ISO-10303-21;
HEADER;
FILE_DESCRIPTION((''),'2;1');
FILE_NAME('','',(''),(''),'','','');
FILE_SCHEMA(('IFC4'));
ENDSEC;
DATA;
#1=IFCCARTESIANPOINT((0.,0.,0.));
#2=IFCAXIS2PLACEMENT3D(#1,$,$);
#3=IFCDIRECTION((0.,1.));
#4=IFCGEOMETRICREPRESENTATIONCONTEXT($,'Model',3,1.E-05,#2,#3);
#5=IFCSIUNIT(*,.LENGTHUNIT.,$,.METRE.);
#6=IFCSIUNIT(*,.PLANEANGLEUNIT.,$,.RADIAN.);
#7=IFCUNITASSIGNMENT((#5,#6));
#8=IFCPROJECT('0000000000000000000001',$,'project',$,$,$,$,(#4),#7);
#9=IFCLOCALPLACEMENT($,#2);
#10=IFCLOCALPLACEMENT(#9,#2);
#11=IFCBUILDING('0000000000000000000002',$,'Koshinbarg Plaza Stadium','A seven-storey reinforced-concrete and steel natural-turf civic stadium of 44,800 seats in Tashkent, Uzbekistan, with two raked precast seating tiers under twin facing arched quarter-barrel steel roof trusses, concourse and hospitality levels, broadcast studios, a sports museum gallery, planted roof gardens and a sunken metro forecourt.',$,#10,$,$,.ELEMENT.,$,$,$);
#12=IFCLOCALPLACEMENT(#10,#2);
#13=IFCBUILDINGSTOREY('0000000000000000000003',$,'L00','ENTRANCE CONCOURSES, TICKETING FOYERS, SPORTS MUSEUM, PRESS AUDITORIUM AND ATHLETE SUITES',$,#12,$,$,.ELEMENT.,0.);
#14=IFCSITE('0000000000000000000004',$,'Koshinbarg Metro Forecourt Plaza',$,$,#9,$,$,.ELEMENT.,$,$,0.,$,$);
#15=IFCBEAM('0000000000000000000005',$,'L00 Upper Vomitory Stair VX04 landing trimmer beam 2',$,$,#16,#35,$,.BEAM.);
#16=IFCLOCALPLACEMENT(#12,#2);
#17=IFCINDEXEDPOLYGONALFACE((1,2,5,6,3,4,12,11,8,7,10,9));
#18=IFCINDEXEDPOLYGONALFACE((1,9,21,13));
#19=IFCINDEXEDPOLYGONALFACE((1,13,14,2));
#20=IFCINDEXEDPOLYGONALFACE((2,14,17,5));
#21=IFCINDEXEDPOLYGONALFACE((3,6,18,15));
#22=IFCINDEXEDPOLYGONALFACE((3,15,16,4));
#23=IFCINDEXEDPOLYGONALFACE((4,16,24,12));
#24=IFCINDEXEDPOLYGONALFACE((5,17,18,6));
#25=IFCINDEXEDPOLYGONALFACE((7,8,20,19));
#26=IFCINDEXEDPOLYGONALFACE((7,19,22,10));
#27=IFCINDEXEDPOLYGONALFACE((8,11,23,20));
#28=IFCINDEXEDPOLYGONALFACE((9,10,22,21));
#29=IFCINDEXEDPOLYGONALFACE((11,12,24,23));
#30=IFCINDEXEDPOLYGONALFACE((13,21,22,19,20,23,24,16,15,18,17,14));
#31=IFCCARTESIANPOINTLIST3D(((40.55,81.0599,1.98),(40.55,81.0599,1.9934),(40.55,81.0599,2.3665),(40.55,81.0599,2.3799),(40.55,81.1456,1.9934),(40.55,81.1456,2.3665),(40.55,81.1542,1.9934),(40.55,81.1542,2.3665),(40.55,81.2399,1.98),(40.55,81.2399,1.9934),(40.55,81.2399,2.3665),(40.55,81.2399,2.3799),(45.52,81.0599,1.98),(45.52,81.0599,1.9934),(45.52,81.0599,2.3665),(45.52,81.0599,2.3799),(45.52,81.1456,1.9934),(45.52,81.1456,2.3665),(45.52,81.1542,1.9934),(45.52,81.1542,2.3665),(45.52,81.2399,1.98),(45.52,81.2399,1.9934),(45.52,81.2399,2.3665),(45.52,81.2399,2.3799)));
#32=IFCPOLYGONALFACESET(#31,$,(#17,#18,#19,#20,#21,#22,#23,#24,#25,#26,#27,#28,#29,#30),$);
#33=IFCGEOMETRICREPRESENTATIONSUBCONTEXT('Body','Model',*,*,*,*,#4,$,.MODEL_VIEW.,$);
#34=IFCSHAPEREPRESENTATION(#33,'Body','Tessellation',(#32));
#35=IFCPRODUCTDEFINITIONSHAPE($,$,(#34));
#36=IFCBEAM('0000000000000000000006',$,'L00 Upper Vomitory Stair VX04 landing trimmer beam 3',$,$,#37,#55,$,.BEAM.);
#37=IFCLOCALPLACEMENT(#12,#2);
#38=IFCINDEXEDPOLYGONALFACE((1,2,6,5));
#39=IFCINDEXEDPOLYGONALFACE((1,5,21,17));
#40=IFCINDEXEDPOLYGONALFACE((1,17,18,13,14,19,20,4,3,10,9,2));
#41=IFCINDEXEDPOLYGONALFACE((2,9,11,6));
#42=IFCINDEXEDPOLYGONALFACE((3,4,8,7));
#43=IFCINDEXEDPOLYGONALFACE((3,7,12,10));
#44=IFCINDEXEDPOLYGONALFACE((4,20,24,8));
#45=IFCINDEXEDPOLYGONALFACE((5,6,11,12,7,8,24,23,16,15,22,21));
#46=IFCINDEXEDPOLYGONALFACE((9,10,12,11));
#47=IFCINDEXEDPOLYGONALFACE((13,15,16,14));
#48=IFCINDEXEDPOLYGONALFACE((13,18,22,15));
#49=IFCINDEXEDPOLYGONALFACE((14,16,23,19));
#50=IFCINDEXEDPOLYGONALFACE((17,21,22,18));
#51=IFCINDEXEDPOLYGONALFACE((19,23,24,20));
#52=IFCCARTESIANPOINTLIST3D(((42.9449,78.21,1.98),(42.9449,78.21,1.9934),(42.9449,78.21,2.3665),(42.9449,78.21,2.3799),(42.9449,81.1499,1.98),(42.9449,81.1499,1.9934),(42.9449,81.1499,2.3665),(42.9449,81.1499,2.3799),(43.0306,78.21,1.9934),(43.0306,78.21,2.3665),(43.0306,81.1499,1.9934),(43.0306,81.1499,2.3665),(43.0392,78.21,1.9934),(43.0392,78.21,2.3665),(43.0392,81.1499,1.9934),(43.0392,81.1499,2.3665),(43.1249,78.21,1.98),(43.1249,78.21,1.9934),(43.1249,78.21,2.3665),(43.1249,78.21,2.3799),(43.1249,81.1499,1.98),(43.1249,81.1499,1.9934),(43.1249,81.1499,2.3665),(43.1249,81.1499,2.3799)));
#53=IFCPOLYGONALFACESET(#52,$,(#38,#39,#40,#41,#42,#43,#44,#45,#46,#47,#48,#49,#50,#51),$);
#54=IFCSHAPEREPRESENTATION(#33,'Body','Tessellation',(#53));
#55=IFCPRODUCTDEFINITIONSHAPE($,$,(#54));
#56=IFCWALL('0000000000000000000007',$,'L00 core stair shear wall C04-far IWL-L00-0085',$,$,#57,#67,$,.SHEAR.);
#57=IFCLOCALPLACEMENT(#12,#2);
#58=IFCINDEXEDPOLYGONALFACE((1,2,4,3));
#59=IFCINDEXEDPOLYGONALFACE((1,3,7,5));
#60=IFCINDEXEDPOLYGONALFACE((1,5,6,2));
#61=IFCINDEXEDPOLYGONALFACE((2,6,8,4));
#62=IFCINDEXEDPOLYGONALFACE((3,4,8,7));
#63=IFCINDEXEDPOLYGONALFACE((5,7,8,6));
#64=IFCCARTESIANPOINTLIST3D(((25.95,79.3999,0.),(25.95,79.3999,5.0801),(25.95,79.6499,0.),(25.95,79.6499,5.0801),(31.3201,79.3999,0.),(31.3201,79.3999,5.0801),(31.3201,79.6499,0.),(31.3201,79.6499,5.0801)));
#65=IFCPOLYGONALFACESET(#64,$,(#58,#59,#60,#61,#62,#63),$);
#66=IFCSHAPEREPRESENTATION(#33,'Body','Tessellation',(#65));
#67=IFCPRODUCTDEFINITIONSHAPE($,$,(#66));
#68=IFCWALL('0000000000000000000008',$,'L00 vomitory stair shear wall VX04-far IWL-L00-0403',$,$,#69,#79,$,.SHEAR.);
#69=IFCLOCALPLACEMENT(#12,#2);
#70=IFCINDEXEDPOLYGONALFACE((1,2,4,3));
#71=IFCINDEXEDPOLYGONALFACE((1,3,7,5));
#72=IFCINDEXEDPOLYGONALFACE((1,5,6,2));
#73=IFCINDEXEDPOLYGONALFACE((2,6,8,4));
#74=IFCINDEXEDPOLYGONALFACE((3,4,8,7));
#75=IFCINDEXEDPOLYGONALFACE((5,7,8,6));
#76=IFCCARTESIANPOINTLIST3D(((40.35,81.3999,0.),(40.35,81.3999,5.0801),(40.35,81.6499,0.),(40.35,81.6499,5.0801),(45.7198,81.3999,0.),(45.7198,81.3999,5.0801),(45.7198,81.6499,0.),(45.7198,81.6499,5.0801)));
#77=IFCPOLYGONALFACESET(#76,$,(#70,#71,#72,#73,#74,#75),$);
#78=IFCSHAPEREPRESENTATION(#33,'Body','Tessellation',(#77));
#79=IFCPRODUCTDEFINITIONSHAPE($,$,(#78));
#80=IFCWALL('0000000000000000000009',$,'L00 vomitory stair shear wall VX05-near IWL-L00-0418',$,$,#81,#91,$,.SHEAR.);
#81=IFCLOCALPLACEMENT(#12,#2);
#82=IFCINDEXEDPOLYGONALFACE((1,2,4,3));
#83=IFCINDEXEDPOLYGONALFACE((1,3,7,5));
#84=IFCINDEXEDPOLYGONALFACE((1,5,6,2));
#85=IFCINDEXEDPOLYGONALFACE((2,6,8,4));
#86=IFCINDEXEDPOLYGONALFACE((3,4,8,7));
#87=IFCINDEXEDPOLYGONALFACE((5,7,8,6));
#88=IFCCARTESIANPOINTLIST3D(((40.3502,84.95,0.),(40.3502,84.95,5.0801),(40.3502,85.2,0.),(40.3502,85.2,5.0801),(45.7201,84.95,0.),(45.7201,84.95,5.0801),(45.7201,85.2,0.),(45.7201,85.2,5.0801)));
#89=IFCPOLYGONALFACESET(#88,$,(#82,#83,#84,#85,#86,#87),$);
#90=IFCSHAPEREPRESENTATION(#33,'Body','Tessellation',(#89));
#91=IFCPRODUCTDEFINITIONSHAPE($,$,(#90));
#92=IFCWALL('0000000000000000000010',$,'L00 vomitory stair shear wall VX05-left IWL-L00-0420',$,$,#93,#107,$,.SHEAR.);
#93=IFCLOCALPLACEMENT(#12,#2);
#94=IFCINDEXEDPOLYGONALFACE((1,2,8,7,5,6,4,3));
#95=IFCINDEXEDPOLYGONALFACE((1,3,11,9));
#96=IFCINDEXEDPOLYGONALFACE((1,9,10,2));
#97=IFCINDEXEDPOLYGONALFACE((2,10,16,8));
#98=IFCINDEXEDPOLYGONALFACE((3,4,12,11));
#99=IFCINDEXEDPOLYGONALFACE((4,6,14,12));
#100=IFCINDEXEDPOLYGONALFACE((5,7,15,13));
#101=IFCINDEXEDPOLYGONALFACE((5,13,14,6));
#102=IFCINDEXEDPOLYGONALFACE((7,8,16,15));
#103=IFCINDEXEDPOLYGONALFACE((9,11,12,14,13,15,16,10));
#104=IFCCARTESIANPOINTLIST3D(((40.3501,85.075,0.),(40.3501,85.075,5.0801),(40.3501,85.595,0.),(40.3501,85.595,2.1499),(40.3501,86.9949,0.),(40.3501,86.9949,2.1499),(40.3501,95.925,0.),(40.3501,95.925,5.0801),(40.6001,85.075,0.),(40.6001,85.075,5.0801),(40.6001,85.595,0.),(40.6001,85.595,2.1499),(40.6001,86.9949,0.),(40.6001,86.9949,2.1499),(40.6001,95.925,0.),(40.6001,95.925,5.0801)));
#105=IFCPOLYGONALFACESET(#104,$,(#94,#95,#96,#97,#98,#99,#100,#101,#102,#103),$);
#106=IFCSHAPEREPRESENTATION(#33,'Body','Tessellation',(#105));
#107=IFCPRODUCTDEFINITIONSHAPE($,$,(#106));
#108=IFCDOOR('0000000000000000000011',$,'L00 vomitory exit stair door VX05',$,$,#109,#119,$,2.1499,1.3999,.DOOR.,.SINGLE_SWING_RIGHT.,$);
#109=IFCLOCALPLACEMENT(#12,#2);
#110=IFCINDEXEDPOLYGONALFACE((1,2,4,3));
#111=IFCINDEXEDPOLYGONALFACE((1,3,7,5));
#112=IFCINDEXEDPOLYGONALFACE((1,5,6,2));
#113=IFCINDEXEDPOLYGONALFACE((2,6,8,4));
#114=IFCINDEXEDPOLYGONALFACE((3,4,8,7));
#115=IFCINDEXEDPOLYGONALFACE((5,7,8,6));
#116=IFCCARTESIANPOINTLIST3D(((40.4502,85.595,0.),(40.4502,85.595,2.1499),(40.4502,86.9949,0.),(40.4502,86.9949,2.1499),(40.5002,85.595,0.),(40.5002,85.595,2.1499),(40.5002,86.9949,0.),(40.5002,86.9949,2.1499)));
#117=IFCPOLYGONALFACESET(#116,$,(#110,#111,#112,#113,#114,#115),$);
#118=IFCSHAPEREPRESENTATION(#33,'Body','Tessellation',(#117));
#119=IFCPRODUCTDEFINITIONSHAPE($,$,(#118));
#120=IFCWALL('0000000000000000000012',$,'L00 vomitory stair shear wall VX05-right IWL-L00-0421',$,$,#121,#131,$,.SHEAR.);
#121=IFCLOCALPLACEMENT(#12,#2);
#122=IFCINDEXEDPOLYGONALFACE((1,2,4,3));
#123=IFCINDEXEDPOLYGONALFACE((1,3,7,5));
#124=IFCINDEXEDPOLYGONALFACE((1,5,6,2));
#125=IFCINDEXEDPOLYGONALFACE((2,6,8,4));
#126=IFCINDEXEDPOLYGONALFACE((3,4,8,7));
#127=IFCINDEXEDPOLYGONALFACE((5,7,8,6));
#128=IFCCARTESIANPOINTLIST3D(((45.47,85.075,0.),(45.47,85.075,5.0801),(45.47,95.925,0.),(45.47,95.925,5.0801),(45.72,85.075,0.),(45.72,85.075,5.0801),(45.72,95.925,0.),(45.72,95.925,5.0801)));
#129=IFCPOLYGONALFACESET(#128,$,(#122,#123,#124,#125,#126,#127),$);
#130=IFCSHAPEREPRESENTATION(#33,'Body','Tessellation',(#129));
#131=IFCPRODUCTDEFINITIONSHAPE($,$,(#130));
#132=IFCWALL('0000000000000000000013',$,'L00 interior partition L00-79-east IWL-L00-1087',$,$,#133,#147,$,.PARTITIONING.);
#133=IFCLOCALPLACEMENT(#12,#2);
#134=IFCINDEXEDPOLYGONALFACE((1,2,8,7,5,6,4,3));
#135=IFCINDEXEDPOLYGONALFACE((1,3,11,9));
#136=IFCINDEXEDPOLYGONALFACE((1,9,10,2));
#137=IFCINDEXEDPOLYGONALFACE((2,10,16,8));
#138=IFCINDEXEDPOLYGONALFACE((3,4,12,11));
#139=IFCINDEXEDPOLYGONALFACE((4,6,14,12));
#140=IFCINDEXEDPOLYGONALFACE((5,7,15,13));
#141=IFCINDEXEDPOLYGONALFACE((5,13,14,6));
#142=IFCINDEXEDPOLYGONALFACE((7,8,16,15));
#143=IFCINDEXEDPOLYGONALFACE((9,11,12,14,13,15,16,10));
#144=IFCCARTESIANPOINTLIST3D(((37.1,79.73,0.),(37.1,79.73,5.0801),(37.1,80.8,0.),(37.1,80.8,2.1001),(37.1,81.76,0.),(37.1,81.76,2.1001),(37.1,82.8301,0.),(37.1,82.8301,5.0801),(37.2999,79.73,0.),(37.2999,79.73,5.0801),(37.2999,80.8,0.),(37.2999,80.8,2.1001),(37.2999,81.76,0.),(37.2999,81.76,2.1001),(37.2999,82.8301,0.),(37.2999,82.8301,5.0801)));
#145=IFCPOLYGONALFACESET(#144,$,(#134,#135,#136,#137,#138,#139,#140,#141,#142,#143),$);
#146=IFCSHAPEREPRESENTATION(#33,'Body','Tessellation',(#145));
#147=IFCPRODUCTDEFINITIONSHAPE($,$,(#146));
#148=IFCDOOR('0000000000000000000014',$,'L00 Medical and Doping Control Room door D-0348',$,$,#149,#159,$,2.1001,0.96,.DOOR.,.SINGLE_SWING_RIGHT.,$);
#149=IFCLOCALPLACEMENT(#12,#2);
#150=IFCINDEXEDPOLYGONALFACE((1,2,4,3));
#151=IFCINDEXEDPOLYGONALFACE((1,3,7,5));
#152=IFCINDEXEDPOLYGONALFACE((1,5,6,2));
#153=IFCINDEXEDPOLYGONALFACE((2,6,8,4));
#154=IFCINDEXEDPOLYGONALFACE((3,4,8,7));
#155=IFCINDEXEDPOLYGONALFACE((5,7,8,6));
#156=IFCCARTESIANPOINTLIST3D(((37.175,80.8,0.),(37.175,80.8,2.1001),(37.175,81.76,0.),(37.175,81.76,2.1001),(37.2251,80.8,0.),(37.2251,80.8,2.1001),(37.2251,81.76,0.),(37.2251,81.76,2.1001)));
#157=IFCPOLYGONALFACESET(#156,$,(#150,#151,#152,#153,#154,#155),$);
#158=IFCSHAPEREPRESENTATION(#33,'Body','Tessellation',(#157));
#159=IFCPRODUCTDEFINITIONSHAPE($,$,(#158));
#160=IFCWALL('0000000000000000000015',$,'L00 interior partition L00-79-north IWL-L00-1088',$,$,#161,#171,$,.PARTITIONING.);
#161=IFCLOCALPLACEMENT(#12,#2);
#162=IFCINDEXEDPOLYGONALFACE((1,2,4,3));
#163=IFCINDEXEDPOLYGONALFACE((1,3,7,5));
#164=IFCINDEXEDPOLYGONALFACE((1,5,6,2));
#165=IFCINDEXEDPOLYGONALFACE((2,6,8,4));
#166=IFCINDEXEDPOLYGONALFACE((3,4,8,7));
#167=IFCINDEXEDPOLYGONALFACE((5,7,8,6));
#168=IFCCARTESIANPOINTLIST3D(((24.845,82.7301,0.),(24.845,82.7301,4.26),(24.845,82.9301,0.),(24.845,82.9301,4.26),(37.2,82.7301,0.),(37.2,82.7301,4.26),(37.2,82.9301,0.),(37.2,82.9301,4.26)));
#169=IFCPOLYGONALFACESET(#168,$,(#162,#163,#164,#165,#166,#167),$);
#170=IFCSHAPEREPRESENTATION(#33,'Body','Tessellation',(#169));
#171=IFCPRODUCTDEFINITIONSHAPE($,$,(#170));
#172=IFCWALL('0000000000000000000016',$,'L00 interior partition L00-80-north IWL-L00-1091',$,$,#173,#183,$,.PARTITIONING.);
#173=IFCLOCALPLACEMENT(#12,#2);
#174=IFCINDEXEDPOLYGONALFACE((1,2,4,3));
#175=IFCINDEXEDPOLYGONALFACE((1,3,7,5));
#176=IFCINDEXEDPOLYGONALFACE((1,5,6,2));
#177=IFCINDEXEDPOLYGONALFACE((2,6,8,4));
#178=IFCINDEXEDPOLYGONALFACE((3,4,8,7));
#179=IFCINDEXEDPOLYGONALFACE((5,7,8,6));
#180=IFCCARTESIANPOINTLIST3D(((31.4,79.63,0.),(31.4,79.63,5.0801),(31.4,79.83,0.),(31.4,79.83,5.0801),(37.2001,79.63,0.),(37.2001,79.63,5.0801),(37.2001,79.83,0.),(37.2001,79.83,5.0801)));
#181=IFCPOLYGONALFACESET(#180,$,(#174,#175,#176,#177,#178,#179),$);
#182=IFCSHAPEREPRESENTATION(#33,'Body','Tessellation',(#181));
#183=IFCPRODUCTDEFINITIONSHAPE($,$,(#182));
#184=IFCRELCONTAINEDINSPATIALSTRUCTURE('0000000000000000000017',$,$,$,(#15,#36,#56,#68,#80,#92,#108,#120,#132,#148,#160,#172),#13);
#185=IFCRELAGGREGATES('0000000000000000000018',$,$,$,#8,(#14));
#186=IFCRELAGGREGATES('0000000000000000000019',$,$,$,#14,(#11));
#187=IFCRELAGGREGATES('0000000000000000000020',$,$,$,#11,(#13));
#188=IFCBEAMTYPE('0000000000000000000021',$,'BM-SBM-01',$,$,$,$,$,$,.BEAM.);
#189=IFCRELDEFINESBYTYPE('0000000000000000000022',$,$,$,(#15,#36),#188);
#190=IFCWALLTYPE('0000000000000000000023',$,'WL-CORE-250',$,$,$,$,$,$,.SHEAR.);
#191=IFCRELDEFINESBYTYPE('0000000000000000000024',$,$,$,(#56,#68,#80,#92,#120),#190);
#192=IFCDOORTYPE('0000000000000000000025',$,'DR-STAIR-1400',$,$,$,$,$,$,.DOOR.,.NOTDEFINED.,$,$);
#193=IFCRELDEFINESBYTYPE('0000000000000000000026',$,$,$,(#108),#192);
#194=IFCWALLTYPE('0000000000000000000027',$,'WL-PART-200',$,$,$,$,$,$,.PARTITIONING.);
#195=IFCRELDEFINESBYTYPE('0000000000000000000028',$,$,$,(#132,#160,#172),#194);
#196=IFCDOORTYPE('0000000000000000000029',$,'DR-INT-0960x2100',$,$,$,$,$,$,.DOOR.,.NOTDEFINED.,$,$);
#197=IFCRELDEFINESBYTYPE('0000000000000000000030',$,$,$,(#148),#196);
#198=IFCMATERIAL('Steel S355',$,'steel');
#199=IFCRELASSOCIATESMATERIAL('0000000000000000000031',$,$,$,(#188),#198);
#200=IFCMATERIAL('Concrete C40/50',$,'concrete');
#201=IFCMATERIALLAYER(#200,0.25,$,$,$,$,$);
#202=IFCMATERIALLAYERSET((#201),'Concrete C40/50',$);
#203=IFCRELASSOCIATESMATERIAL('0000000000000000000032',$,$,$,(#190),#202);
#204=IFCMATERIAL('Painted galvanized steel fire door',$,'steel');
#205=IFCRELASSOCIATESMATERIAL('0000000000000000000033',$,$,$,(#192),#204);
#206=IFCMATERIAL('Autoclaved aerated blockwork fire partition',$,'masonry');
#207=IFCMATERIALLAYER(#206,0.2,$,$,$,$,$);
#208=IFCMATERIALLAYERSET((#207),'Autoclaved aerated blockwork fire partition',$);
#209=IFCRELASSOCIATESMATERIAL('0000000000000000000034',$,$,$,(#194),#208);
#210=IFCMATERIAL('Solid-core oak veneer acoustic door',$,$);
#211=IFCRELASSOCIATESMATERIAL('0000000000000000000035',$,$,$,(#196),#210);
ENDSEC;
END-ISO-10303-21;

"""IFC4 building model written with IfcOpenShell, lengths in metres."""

from ifc_helpers import new_model, si_unit, direction, frame, frame_2d, origin, origin_2d, place, context, subcontext, project, spatial, rectangle, i_section, extrude, material, layer, layer_set, material_profile, profile_set, type_object, element, fill, save


model = new_model("IFC4")

# Units and contexts
model_context = context("Model", 3, precision=1e-05, world=origin(), true_north=direction((0.0, 1.0)))
body_context = subcontext(model_context, "Body", "Model", "MODEL_VIEW")
ifc_project = project(units=[si_unit("LENGTHUNIT", "METRE"), si_unit("PLANEANGLEUNIT", "RADIAN")], contexts=[model_context])

# Site, building, storey
site_placement = place(None, origin())
site = spatial("IfcSite", under=ifc_project, at=site_placement, Name="Koshinbarg Metro Forecourt Plaza", CompositionType="ELEMENT", RefElevation=0.0)
building_placement = place(site_placement, origin())
building = spatial("IfcBuilding", under=site, at=building_placement, Name="Koshinbarg Plaza Stadium", Description="A seven-storey reinforced-concrete and steel natural-turf civic stadium of 44,800 seats in Tashkent, Uzbekistan, with two raked precast seating tiers under twin facing arched quarter-barrel steel roof trusses, concourse and hospitality levels, broadcast studios, a sports museum gallery, planted roof gardens and a sunken metro forecourt.", CompositionType="ELEMENT")
storey_placement = place(building_placement, origin())
storey = spatial("IfcBuildingStorey", under=building, at=storey_placement, Name="L00", Description="ENTRANCE CONCOURSES, TICKETING FOYERS, SPORTS MUSEUM, PRESS AUDITORIUM AND ATHLETE SUITES", CompositionType="ELEMENT", Elevation=0.0)

# Shared definitions
ifc_material_1 = material(Name="Concrete C40/50", Category="concrete")

# Beams
ifc_material_2 = material(Name="Steel S355", Category="steel")
ifc_material_profile_1 = material_profile(ifc_material_2, i_section(OverallWidth=0.1799, OverallDepth=0.3999, WebThickness=0.0085, FlangeThickness=0.0134, at=origin_2d()), Name="IPE 400")
ifc_profile_set_1 = profile_set([ifc_material_profile_1], Name="Steel S355")
beam_type = type_object("IfcBeamType", Name="BM-SBM-01", PredefinedType="BEAM", material=ifc_profile_set_1)
for number, where, z_axis, x_axis, name in (
    (1, (40.55, 81.1499, 2.1799), (1.0, 0.0, 0.0), (0.0, 1.0, 0.0), "L00 Upper Vomitory Stair VX04 landing trimmer beam 2"),
):
    element("IfcBeam", number, at=place(storey_placement, frame(where, z_axis=z_axis, x_axis=x_axis)), inside=storey, type_object=beam_type, Name=name, PredefinedType="BEAM", context=body_context, shape_type="SweptSolid", body=[
        extrude(i_section(OverallWidth=0.1799, OverallDepth=0.3999, WebThickness=0.0085, FlangeThickness=0.0134, at=origin_2d()), origin(), (0.0, 0.0, 1.0), 4.97),
    ])
beam_placement = place(storey_placement, frame((43.0349, 78.21, 2.1799), z_axis=(0.0, 1.0, 0.0), x_axis=(-1.0, 0.0, 0.0)))
element("IfcBeam", 2, at=beam_placement, inside=storey, type_object=beam_type, Name="L00 Upper Vomitory Stair VX04 landing trimmer beam 3", PredefinedType="BEAM", context=body_context, shape_type="SweptSolid", body=[
    extrude(i_section(OverallWidth=0.1799, OverallDepth=0.3999, WebThickness=0.0085, FlangeThickness=0.0134, at=origin_2d()), origin(), (0.0, 0.0, 1.0), 2.9399),
])

# Walls
ifc_layer_1 = layer(ifc_material_1, 0.25)
ifc_layer_set_1 = layer_set([ifc_layer_1], Name="Concrete C40/50")
wall_type_1 = type_object("IfcWallType", Name="WL-CORE-250", PredefinedType="SHEAR", material=ifc_layer_set_1)
wall_1_placement = place(storey_placement, frame((31.3201, 79.5249, 0.0), z_axis=(0.0, 0.0, 1.0), x_axis=(-1.0, 0.0, 0.0)))
element("IfcWall", 3, at=wall_1_placement, inside=storey, type_object=wall_type_1, Name="L00 core stair shear wall C04-far IWL-L00-0085", PredefinedType="SHEAR", context=body_context, shape_type="SweptSolid", body=[
    extrude(rectangle(XDim=5.3701, YDim=0.25, at=frame_2d((2.6851, 0.0))), origin(), (0.0, 0.0, 1.0), 5.0801),
])
for number, where, z_axis, x_axis, name in (
    (4, (45.72, 81.5249, 0.0), (0.0, 0.0, 1.0), (-1.0, 0.0, 0.0), "L00 vomitory stair shear wall VX04-far IWL-L00-0403"),
    (5, (40.3501, 85.075, 0.0), (0.0, 0.0, 1.0), (1.0, 0.0, 0.0), "L00 vomitory stair shear wall VX05-near IWL-L00-0418"),
):
    element("IfcWall", number, at=place(storey_placement, frame(where, z_axis=z_axis, x_axis=x_axis)), inside=storey, type_object=wall_type_1, Name=name, PredefinedType="SHEAR", context=body_context, shape_type="SweptSolid", body=[
        extrude(rectangle(XDim=5.3699, YDim=0.25, at=frame_2d((2.6851, 0.0))), origin(), (0.0, 0.0, 1.0), 5.0801),
    ])

# Wall, opening, door
wall_2_placement = place(storey_placement, frame((40.4751, 85.075, 0.0), z_axis=(0.0, 0.0, 1.0), x_axis=(0.0, 1.0, 0.0)))
wall_2 = element("IfcWall", 6, at=wall_2_placement, inside=storey, type_object=wall_type_1, Name="L00 vomitory stair shear wall VX05-left IWL-L00-0420", PredefinedType="SHEAR", context=body_context, shape_type="SweptSolid", body=[
    extrude(rectangle(XDim=10.8501, YDim=0.25, at=frame_2d((5.425, 0.0))), origin(), (0.0, 0.0, 1.0), 5.0801),
])
opening_1_placement = place(wall_2_placement, frame((0.52, 0.0, 0.0)))
opening_1 = element("IfcOpeningElement", 7, at=opening_1_placement, cuts=wall_2, PredefinedType="OPENING", context=body_context, shape_type="SweptSolid", body=[
    extrude(rectangle(XDim=1.3999, YDim=2.1499, at=frame_2d((0.7, 1.075))), frame((0.0, 0.135, 0.0), z_axis=(0.0, -1.0, 0.0), x_axis=(1.0, 0.0, 0.0)), (0.0, 0.0, 1.0), 0.27),
])
ifc_material_3 = material(Name="Painted galvanized steel fire door", Category="steel")
door_type_1 = type_object("IfcDoorType", Name="DR-STAIR-1400", OperationType="NOTDEFINED", PredefinedType="DOOR", material=ifc_material_3)
door_1_placement = place(opening_1_placement, origin())
door_1 = element("IfcDoor", 8, at=door_1_placement, inside=storey, type_object=door_type_1, Name="L00 vomitory exit stair door VX05", OperationType="SINGLE_SWING_RIGHT", OverallHeight=2.1499, OverallWidth=1.3999, PredefinedType="DOOR", context=body_context, shape_type="SweptSolid", body=[
    extrude(rectangle(XDim=1.3999, YDim=2.1499, at=frame_2d((0.7, 1.075))), frame((0.0, 0.0249, 0.0), z_axis=(0.0, -1.0, 0.0), x_axis=(1.0, 0.0, 0.0)), (0.0, 0.0, 1.0), 0.05),
])
fill(opening_1, door_1)

# Wall
wall_3_placement = place(storey_placement, frame((45.595, 85.075, 0.0), z_axis=(0.0, 0.0, 1.0), x_axis=(0.0, 1.0, 0.0)))
element("IfcWall", 9, at=wall_3_placement, inside=storey, type_object=wall_type_1, Name="L00 vomitory stair shear wall VX05-right IWL-L00-0421", PredefinedType="SHEAR", context=body_context, shape_type="SweptSolid", body=[
    extrude(rectangle(XDim=10.8501, YDim=0.25, at=frame_2d((5.425, 0.0))), origin(), (0.0, 0.0, 1.0), 5.0801),
])

# Wall, opening, door
ifc_material_4 = material(Name="Autoclaved aerated blockwork fire partition", Category="masonry")
ifc_layer_2 = layer(ifc_material_4, 0.2)
ifc_layer_set_2 = layer_set([ifc_layer_2], Name="Autoclaved aerated blockwork fire partition")
wall_type_2 = type_object("IfcWallType", Name="WL-PART-200", PredefinedType="PARTITIONING", material=ifc_layer_set_2)
wall_4_placement = place(storey_placement, frame((37.2, 79.73, 0.0), z_axis=(0.0, 0.0, 1.0), x_axis=(0.0, 1.0, 0.0)))
wall_4 = element("IfcWall", 10, at=wall_4_placement, inside=storey, type_object=wall_type_2, Name="L00 interior partition L00-79-east IWL-L00-1087", PredefinedType="PARTITIONING", context=body_context, shape_type="SweptSolid", body=[
    extrude(rectangle(XDim=3.1001, YDim=0.2, at=frame_2d((1.55, 0.0))), origin(), (0.0, 0.0, 1.0), 5.0801),
])
opening_2_placement = place(wall_4_placement, frame((1.0701, 0.0, 0.0)))
opening_2 = element("IfcOpeningElement", 11, at=opening_2_placement, cuts=wall_4, PredefinedType="OPENING", context=body_context, shape_type="SweptSolid", body=[
    extrude(rectangle(XDim=0.96, YDim=2.1001, at=frame_2d((0.48, 1.05))), frame((0.0, 0.1099, 0.0), z_axis=(0.0, -1.0, 0.0), x_axis=(1.0, 0.0, 0.0)), (0.0, 0.0, 1.0), 0.22),
])
ifc_material_5 = material(Name="Solid-core oak veneer acoustic door")
door_type_2 = type_object("IfcDoorType", Name="DR-INT-0960x2100", OperationType="NOTDEFINED", PredefinedType="DOOR", material=ifc_material_5)
door_2_placement = place(opening_2_placement, origin())
door_2 = element("IfcDoor", 12, at=door_2_placement, inside=storey, type_object=door_type_2, Name="L00 Medical and Doping Control Room door D-0348", OperationType="SINGLE_SWING_RIGHT", OverallHeight=2.1001, OverallWidth=0.96, PredefinedType="DOOR", context=body_context, shape_type="SweptSolid", body=[
    extrude(rectangle(XDim=0.96, YDim=2.1001, at=frame_2d((0.48, 1.05))), frame((0.0, 0.0249, 0.0), z_axis=(0.0, -1.0, 0.0), x_axis=(1.0, 0.0, 0.0)), (0.0, 0.0, 1.0), 0.05),
])
fill(opening_2, door_2)

# Walls
wall_5_placement = place(storey_placement, frame((37.2, 82.8301, 0.0), z_axis=(0.0, 0.0, 1.0), x_axis=(-1.0, 0.0, 0.0)))
element("IfcWall", 13, at=wall_5_placement, inside=storey, type_object=wall_type_2, Name="L00 interior partition L00-79-north IWL-L00-1088", PredefinedType="PARTITIONING", context=body_context, shape_type="SweptSolid", body=[
    extrude(rectangle(XDim=12.355, YDim=0.2, at=frame_2d((6.1775, 0.0))), origin(), (0.0, 0.0, 1.0), 4.26),
])
wall_6_placement = place(storey_placement, frame((37.2, 79.73, 0.0), z_axis=(0.0, 0.0, 1.0), x_axis=(-1.0, 0.0, 0.0)))
element("IfcWall", 14, at=wall_6_placement, inside=storey, type_object=wall_type_2, Name="L00 interior partition L00-80-north IWL-L00-1091", PredefinedType="PARTITIONING", context=body_context, shape_type="SweptSolid", body=[
    extrude(rectangle(XDim=5.8, YDim=0.2, at=frame_2d((2.8999, 0.0))), origin(), (0.0, 0.0, 1.0), 5.0801),
])

save(model, "model.ifc")
